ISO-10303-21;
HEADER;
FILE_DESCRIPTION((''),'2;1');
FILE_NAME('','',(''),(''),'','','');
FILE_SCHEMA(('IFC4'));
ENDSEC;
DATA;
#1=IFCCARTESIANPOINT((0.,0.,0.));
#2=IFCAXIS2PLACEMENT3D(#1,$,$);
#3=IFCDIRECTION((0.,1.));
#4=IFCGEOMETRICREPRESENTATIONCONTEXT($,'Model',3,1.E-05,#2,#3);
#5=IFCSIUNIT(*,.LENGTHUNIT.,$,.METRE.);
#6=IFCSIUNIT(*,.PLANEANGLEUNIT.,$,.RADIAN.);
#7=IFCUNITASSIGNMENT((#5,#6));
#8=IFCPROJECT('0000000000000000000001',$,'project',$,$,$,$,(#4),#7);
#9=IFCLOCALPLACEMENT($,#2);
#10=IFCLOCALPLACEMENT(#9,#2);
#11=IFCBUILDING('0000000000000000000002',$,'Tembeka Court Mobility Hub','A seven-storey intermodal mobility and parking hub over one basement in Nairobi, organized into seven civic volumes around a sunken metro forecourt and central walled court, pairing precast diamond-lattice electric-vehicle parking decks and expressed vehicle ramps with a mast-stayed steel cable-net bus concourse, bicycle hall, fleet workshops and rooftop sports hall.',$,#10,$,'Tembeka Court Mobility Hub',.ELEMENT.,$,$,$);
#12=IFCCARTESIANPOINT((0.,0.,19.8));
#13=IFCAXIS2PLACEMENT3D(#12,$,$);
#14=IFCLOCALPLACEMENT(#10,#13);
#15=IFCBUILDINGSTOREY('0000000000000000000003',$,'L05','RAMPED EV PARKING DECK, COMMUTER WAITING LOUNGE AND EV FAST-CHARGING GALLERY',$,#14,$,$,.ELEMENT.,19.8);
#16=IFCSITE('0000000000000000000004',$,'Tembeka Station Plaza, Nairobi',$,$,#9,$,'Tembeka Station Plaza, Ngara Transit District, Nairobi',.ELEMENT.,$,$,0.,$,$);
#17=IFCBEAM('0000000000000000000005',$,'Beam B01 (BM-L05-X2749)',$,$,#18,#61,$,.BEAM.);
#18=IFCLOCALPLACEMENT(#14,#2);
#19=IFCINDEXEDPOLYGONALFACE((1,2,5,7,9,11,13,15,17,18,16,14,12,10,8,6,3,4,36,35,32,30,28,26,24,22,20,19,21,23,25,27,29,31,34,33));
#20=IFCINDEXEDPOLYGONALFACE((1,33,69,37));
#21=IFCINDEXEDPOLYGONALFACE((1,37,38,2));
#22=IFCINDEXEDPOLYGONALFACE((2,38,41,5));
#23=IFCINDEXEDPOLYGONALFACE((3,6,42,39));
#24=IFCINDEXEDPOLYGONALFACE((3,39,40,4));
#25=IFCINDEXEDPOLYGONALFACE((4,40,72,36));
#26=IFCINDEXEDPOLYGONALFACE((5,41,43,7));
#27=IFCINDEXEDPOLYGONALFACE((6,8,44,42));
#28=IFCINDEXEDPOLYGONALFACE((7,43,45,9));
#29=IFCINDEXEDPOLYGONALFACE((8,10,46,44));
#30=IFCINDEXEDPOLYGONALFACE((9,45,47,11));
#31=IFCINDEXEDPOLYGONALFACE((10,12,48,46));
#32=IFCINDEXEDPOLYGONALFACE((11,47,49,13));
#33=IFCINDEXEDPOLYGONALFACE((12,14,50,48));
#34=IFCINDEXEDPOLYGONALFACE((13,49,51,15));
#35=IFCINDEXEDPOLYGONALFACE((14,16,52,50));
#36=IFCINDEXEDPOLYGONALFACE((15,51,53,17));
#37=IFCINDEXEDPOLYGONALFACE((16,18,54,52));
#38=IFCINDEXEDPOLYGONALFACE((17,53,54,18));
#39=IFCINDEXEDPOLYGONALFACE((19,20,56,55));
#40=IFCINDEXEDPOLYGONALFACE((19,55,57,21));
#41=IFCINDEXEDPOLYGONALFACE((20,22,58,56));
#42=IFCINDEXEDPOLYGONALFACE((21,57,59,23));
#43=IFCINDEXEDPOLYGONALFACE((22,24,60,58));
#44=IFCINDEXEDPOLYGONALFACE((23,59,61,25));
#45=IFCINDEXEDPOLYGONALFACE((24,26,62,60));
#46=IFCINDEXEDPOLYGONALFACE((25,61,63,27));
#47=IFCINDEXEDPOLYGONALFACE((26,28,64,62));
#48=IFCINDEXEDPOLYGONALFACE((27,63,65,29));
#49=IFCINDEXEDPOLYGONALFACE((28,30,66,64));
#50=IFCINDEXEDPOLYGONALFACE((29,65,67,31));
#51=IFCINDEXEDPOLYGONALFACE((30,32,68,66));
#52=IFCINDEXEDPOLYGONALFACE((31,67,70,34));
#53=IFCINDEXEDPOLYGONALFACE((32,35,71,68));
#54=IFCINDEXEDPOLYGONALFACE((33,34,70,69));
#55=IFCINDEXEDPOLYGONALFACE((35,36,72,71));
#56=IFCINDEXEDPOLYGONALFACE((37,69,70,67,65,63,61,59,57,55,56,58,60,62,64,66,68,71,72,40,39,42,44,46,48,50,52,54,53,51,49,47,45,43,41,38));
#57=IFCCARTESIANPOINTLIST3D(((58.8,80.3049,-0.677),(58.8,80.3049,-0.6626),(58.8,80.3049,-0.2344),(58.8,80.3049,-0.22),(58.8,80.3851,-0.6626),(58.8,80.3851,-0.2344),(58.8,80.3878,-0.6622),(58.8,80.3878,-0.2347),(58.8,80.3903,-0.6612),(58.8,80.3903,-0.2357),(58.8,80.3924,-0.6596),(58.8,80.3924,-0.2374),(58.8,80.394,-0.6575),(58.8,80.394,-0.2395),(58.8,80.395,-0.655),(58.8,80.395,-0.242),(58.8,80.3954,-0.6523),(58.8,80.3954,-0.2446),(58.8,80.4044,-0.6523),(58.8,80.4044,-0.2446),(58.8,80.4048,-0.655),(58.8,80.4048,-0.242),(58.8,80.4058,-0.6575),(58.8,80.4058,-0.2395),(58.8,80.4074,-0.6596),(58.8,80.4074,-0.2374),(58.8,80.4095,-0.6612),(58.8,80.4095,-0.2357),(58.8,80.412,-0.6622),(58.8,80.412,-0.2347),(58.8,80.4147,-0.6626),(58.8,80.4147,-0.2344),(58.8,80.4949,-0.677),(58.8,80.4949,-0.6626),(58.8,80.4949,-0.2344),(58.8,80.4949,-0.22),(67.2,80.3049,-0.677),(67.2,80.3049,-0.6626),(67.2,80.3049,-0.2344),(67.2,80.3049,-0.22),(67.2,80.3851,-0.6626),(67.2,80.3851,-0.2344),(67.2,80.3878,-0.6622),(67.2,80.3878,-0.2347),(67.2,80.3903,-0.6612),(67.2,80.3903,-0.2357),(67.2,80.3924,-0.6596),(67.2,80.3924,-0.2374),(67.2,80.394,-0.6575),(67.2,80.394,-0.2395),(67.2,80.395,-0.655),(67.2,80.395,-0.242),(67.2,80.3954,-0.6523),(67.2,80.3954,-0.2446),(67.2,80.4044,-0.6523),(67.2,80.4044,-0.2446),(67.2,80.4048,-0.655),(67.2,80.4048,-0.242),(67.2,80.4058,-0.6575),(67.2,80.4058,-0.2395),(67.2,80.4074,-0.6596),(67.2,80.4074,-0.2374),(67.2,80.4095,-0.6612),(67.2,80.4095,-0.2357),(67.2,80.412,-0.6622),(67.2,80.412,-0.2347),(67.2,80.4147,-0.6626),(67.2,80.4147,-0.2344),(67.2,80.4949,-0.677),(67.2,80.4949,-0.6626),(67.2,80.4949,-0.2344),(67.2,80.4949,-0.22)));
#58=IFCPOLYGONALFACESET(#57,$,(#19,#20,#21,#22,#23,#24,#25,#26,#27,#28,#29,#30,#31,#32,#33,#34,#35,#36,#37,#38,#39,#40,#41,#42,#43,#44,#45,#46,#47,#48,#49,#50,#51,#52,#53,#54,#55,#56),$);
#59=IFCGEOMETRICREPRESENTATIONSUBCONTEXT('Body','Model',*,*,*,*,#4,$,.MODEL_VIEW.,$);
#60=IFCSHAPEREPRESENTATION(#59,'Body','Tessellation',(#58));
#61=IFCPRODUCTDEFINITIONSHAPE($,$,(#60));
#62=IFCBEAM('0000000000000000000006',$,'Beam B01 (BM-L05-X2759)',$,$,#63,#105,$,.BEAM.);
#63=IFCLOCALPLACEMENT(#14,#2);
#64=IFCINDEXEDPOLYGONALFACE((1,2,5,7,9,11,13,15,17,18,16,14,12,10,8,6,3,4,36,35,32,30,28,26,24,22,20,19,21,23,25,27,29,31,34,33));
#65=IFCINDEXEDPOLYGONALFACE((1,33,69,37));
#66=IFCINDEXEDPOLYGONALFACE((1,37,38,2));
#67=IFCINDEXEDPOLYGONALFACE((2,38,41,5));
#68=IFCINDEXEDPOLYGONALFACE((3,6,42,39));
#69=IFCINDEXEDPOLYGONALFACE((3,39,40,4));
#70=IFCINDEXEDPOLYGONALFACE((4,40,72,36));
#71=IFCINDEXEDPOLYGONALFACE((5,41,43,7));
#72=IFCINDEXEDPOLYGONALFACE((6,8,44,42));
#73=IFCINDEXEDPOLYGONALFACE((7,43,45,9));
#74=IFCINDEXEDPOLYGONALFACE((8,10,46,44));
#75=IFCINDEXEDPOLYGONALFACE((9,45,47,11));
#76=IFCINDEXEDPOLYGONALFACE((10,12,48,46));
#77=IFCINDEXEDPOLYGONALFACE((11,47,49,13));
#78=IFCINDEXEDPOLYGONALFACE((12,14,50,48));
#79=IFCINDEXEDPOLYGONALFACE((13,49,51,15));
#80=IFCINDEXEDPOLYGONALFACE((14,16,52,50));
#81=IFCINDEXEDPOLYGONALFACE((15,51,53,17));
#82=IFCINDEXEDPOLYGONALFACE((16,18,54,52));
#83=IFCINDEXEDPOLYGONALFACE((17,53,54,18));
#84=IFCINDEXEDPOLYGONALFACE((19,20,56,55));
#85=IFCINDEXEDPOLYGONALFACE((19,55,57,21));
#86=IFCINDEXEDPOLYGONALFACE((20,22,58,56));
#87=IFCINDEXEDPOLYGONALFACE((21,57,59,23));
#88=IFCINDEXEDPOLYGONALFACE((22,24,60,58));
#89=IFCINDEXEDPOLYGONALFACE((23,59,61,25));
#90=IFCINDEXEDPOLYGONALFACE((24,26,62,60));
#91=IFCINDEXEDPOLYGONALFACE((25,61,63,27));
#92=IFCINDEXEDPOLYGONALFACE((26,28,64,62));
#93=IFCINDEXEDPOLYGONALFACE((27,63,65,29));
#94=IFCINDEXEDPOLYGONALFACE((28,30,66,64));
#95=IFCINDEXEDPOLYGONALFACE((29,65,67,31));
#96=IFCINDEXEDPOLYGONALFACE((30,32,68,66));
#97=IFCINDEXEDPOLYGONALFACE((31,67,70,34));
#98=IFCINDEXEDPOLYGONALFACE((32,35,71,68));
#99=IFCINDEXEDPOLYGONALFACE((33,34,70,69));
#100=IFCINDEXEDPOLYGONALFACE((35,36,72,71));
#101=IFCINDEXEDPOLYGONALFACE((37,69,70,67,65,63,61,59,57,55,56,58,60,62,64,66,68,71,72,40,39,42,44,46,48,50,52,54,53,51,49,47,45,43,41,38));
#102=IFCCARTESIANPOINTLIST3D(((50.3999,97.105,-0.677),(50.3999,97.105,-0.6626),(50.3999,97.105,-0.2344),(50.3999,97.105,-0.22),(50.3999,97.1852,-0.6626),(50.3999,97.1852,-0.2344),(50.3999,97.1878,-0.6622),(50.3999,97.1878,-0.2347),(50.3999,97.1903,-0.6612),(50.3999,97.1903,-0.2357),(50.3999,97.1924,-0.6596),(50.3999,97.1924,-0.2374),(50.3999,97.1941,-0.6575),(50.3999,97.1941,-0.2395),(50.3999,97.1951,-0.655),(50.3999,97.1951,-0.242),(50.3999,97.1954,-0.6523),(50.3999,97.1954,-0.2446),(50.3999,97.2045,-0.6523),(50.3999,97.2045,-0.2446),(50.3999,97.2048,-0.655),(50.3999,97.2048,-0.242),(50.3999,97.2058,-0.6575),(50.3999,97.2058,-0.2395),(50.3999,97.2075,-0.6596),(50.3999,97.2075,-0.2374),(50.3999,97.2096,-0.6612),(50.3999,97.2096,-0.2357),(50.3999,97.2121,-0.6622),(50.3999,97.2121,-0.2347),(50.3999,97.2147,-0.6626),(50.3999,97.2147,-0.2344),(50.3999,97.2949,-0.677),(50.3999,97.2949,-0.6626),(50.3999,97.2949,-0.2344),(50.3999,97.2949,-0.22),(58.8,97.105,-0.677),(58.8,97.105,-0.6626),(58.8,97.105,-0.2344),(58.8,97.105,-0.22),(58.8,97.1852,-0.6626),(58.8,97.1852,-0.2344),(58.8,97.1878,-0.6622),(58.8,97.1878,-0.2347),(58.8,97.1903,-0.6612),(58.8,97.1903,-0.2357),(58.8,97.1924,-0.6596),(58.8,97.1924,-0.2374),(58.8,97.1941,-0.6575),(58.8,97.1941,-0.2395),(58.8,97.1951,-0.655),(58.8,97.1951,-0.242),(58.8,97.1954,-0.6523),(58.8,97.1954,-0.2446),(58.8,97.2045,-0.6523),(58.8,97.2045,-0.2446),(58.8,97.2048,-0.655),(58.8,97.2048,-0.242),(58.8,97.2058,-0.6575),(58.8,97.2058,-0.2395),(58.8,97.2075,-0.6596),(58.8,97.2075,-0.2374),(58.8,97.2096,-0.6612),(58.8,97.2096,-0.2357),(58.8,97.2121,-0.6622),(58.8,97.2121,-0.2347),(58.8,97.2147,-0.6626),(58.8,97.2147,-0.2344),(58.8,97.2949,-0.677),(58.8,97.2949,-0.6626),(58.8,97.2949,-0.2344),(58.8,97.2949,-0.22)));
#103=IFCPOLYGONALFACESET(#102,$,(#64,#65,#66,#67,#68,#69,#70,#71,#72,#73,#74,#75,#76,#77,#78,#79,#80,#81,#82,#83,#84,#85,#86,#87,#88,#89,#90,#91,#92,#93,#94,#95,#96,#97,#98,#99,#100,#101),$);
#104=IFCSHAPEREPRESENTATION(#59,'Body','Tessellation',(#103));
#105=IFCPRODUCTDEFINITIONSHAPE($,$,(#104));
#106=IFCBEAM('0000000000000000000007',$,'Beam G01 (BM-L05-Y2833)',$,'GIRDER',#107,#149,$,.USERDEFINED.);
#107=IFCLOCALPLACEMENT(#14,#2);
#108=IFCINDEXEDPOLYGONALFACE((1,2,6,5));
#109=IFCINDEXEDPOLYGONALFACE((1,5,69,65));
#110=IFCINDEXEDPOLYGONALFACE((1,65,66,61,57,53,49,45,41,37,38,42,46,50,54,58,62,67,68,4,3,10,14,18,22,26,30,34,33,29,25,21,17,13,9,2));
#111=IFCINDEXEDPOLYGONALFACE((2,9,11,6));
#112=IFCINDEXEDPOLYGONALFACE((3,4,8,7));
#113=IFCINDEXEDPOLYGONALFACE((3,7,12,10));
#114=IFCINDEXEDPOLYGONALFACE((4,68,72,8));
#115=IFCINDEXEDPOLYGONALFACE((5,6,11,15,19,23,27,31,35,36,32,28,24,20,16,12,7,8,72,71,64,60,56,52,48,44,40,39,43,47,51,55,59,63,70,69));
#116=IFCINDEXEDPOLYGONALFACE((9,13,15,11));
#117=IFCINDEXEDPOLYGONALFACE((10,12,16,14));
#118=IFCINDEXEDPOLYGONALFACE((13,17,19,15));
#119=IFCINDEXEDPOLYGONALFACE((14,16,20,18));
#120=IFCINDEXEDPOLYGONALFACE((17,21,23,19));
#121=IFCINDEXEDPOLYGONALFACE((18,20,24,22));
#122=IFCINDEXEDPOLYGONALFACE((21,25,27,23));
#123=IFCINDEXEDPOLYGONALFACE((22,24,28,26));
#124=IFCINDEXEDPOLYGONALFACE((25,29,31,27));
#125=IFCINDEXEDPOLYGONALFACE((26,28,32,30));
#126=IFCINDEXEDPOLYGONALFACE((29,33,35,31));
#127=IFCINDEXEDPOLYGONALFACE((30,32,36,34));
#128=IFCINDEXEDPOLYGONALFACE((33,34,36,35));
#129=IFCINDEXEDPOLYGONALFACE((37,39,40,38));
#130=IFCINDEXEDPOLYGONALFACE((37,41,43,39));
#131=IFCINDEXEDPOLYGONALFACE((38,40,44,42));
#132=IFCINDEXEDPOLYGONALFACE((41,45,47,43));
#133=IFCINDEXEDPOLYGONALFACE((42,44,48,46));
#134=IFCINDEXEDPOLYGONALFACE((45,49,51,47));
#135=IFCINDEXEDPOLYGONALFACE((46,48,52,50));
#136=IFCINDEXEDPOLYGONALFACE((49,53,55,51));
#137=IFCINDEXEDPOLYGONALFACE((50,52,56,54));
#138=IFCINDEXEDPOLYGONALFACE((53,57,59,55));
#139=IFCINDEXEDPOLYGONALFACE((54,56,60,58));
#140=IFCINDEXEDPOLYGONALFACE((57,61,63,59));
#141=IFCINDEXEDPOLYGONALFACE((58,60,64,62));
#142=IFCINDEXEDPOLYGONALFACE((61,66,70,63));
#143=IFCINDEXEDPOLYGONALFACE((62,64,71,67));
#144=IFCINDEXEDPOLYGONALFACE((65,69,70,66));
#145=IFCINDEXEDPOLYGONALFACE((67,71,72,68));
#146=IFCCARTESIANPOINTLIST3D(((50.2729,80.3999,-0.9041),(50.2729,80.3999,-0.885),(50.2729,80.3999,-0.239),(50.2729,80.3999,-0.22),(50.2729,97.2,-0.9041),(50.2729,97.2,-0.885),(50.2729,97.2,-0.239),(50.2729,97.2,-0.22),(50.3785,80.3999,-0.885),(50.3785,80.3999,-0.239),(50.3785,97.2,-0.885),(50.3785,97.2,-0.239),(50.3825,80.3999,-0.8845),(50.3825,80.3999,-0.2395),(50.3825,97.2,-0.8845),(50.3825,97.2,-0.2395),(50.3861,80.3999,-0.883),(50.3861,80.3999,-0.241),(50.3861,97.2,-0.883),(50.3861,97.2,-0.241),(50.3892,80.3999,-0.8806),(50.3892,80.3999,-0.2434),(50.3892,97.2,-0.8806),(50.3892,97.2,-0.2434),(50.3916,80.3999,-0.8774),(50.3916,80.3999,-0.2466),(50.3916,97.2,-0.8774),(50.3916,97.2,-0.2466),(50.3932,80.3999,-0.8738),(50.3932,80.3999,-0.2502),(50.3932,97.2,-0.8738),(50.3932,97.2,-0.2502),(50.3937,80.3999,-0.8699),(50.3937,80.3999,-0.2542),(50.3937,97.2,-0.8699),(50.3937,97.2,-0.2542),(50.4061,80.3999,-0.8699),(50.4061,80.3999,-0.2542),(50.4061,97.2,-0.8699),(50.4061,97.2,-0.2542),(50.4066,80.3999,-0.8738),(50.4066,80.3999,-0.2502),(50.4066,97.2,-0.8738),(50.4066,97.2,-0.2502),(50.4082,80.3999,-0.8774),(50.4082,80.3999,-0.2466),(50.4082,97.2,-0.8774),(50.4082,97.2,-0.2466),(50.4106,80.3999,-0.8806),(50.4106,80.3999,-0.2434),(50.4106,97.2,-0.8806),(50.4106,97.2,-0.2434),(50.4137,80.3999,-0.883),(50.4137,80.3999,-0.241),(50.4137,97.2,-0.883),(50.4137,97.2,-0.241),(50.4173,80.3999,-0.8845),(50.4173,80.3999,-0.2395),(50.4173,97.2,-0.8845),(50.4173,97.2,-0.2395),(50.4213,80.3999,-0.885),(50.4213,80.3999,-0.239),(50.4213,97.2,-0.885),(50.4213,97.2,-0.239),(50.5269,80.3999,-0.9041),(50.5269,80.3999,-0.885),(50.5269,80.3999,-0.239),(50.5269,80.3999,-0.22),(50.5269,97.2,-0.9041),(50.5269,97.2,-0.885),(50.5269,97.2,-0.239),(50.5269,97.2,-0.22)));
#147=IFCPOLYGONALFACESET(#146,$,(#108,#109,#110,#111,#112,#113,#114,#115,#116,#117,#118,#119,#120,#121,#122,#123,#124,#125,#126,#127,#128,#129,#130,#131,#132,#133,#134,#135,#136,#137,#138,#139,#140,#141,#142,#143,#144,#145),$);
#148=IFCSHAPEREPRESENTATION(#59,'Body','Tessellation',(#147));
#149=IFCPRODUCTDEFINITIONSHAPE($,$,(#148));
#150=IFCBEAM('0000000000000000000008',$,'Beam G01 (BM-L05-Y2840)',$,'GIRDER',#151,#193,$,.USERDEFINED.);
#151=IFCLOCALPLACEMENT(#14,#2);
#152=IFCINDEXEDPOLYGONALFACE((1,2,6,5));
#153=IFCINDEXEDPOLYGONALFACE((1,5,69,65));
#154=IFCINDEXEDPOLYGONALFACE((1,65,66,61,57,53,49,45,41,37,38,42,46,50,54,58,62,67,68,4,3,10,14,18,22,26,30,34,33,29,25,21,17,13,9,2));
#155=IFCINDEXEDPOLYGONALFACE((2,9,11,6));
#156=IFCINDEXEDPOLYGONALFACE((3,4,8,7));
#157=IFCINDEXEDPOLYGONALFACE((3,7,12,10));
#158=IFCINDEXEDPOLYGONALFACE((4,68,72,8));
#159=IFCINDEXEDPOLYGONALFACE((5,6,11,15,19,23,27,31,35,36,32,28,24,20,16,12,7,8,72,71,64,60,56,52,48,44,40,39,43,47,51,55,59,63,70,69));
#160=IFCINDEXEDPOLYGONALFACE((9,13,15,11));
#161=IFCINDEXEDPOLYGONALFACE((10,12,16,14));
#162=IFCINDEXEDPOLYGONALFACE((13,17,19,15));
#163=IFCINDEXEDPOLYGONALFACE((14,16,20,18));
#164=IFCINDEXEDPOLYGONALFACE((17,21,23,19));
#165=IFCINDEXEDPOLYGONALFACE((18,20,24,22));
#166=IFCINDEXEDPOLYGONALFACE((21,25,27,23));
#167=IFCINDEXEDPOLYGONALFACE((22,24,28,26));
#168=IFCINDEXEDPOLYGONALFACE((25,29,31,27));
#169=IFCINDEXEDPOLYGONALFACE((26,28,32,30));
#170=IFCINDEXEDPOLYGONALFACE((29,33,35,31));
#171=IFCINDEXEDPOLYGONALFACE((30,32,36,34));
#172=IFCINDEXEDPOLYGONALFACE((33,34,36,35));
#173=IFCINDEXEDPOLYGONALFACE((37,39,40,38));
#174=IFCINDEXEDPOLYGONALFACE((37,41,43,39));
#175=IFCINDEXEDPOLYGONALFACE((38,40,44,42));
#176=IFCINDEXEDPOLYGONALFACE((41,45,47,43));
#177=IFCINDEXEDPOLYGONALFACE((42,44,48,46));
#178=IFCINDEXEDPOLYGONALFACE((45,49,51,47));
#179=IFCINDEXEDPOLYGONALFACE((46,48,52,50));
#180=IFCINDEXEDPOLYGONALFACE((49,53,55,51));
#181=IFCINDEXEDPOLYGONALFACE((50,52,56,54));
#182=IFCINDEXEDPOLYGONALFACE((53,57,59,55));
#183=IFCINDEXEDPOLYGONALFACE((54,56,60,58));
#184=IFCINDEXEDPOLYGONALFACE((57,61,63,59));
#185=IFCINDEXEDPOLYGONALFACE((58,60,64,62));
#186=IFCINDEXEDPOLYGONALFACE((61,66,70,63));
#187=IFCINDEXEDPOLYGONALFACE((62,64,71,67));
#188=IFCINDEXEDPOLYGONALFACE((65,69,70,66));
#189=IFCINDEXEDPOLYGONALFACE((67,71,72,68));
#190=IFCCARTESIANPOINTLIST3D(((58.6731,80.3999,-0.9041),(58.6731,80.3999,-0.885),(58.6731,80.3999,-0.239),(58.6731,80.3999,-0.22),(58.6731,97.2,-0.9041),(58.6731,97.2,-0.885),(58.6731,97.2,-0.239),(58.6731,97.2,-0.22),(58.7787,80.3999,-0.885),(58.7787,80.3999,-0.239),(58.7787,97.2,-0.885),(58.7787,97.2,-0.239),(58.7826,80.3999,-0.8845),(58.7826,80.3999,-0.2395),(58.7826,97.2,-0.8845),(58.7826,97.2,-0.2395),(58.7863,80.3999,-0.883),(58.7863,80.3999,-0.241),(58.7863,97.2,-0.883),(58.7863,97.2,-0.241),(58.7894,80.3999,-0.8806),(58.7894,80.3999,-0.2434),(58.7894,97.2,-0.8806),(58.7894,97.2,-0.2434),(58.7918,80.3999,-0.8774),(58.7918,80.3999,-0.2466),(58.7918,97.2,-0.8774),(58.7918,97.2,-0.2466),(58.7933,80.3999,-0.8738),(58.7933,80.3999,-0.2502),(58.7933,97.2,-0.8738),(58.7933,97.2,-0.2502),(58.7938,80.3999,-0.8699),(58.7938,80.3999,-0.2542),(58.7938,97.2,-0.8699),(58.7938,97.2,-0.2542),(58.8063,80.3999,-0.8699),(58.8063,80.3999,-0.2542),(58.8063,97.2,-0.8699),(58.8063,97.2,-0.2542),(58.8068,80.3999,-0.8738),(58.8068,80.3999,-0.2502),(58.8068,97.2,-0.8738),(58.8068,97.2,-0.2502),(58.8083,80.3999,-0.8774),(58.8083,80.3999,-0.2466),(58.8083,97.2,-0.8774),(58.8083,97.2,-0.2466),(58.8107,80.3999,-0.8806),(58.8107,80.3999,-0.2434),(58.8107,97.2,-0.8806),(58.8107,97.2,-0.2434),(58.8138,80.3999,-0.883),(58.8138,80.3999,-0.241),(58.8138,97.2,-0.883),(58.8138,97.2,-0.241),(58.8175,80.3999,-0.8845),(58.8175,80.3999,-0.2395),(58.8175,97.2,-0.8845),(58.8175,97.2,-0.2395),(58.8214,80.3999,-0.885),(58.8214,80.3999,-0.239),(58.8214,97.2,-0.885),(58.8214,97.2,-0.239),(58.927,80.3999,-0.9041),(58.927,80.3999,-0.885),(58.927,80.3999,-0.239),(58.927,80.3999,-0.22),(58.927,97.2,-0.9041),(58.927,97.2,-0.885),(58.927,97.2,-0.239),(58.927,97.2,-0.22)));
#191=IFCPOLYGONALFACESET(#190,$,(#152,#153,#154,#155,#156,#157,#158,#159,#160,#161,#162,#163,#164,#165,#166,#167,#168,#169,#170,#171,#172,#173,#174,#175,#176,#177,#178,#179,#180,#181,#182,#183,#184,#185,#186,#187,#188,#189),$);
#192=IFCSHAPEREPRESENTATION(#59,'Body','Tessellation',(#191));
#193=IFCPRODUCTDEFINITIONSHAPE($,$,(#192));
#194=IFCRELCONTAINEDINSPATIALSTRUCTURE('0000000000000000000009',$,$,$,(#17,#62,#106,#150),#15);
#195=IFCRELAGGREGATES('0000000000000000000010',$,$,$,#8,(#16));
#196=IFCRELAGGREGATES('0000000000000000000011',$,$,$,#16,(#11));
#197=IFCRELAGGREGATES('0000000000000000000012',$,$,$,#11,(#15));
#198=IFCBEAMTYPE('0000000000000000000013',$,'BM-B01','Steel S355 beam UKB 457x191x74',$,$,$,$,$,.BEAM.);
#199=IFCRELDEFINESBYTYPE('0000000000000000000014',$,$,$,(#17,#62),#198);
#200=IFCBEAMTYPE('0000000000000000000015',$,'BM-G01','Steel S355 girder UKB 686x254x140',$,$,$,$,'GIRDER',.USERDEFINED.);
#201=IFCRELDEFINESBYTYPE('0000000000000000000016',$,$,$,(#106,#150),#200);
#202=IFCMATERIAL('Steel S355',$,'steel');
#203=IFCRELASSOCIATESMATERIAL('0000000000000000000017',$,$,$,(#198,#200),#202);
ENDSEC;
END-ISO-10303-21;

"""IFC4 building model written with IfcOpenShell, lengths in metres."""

from ifc_helpers import new_model, si_unit, direction, frame, origin, origin_2d, place, context, subcontext, project, spatial, i_section, extrude, material, material_profile, profile_set, type_object, element, save


model = new_model("IFC4")

# Units and contexts
model_context = context("Model", 3, precision=1e-05, world=origin(), true_north=direction((0.0, 1.0)))
body_context = subcontext(model_context, "Body", "Model", "MODEL_VIEW")
ifc_project = project(units=[si_unit("LENGTHUNIT", "METRE"), si_unit("PLANEANGLEUNIT", "RADIAN")], contexts=[model_context])

# Site, building, storey
site_placement = place(None, origin())
site = spatial("IfcSite", under=ifc_project, at=site_placement, Name="Tembeka Station Plaza, Nairobi", LongName="Tembeka Station Plaza, Ngara Transit District, Nairobi", CompositionType="ELEMENT", RefElevation=0.0)
building_placement = place(site_placement, origin())
building = spatial("IfcBuilding", under=site, at=building_placement, Name="Tembeka Court Mobility Hub", Description="A seven-storey intermodal mobility and parking hub over one basement in Nairobi, organized into seven civic volumes around a sunken metro forecourt and central walled court, pairing precast diamond-lattice electric-vehicle parking decks and expressed vehicle ramps with a mast-stayed steel cable-net bus concourse, bicycle hall, fleet workshops and rooftop sports hall.", LongName="Tembeka Court Mobility Hub", CompositionType="ELEMENT")
storey_placement = place(building_placement, frame((0.0, 0.0, 19.8)))
storey = spatial("IfcBuildingStorey", under=building, at=storey_placement, Name="L05", Description="RAMPED EV PARKING DECK, COMMUTER WAITING LOUNGE AND EV FAST-CHARGING GALLERY", CompositionType="ELEMENT", Elevation=19.8)

# Shared definitions
ifc_material = material(Name="Steel S355", Category="steel")

# Beams
ifc_material_profile_1 = material_profile(ifc_material, i_section(OverallWidth=0.1899, OverallDepth=0.457, WebThickness=0.009, FlangeThickness=0.0144, FilletRadius=0.0103, at=origin_2d()), Name="UKB 457x191x74")
ifc_profile_set_1 = profile_set([ifc_material_profile_1], Name="Steel S355")
beam_type_1 = type_object("IfcBeamType", Name="BM-B01", Description="Steel S355 beam UKB 457x191x74", PredefinedType="BEAM", material=ifc_profile_set_1)
beam_1_placement = place(storey_placement, frame((58.8, 80.3999, -0.4485), z_axis=(1.0, 0.0, 0.0), x_axis=(0.0, 1.0, 0.0)))
element("IfcBeam", 1, at=beam_1_placement, inside=storey, type_object=beam_type_1, Name="Beam B01 (BM-L05-X2749)", PredefinedType="BEAM", context=body_context, shape_type="SweptSolid", body=[
    extrude(i_section(OverallWidth=0.1899, OverallDepth=0.457, WebThickness=0.009, FlangeThickness=0.0144, FilletRadius=0.0103, at=origin_2d()), origin(), (0.0, 0.0, 1.0), 8.3999),
])
beam_2_placement = place(storey_placement, frame((50.3999, 97.2, -0.4485), z_axis=(1.0, 0.0, 0.0), x_axis=(0.0, 1.0, 0.0)))
element("IfcBeam", 2, at=beam_2_placement, inside=storey, type_object=beam_type_1, Name="Beam B01 (BM-L05-X2759)", PredefinedType="BEAM", context=body_context, shape_type="SweptSolid", body=[
    extrude(i_section(OverallWidth=0.1899, OverallDepth=0.457, WebThickness=0.009, FlangeThickness=0.0144, FilletRadius=0.0103, at=origin_2d()), origin(), (0.0, 0.0, 1.0), 8.4001),
])
ifc_material_profile_2 = material_profile(ifc_material, i_section(OverallWidth=0.2539, OverallDepth=0.6841, WebThickness=0.0125, FlangeThickness=0.019, FilletRadius=0.0151, at=origin_2d()), Name="UKB 686x254x140")
ifc_profile_set_2 = profile_set([ifc_material_profile_2], Name="Steel S355")
beam_type_2 = type_object("IfcBeamType", Name="BM-G01", Description="Steel S355 girder UKB 686x254x140", ElementType="GIRDER", PredefinedType="USERDEFINED", material=ifc_profile_set_2)
for number, where, z_axis, x_axis, name in (
    (3, (50.3999, 80.3999, -0.562), (0.0, 1.0, 0.0), (-1.0, 0.0, 0.0), "Beam G01 (BM-L05-Y2833)"),
    (4, (58.8, 80.3999, -0.562), (0.0, 1.0, 0.0), (-1.0, 0.0, 0.0), "Beam G01 (BM-L05-Y2840)"),
):
    element("IfcBeam", number, at=place(storey_placement, frame(where, z_axis=z_axis, x_axis=x_axis)), inside=storey, type_object=beam_type_2, Name=name, ObjectType="GIRDER", PredefinedType="USERDEFINED", context=body_context, shape_type="SweptSolid", body=[
        extrude(i_section(OverallWidth=0.2539, OverallDepth=0.6841, WebThickness=0.0125, FlangeThickness=0.019, FilletRadius=0.0151, at=origin_2d()), origin(), (0.0, 0.0, 1.0), 16.8),
    ])

save(model, "model.ifc")
